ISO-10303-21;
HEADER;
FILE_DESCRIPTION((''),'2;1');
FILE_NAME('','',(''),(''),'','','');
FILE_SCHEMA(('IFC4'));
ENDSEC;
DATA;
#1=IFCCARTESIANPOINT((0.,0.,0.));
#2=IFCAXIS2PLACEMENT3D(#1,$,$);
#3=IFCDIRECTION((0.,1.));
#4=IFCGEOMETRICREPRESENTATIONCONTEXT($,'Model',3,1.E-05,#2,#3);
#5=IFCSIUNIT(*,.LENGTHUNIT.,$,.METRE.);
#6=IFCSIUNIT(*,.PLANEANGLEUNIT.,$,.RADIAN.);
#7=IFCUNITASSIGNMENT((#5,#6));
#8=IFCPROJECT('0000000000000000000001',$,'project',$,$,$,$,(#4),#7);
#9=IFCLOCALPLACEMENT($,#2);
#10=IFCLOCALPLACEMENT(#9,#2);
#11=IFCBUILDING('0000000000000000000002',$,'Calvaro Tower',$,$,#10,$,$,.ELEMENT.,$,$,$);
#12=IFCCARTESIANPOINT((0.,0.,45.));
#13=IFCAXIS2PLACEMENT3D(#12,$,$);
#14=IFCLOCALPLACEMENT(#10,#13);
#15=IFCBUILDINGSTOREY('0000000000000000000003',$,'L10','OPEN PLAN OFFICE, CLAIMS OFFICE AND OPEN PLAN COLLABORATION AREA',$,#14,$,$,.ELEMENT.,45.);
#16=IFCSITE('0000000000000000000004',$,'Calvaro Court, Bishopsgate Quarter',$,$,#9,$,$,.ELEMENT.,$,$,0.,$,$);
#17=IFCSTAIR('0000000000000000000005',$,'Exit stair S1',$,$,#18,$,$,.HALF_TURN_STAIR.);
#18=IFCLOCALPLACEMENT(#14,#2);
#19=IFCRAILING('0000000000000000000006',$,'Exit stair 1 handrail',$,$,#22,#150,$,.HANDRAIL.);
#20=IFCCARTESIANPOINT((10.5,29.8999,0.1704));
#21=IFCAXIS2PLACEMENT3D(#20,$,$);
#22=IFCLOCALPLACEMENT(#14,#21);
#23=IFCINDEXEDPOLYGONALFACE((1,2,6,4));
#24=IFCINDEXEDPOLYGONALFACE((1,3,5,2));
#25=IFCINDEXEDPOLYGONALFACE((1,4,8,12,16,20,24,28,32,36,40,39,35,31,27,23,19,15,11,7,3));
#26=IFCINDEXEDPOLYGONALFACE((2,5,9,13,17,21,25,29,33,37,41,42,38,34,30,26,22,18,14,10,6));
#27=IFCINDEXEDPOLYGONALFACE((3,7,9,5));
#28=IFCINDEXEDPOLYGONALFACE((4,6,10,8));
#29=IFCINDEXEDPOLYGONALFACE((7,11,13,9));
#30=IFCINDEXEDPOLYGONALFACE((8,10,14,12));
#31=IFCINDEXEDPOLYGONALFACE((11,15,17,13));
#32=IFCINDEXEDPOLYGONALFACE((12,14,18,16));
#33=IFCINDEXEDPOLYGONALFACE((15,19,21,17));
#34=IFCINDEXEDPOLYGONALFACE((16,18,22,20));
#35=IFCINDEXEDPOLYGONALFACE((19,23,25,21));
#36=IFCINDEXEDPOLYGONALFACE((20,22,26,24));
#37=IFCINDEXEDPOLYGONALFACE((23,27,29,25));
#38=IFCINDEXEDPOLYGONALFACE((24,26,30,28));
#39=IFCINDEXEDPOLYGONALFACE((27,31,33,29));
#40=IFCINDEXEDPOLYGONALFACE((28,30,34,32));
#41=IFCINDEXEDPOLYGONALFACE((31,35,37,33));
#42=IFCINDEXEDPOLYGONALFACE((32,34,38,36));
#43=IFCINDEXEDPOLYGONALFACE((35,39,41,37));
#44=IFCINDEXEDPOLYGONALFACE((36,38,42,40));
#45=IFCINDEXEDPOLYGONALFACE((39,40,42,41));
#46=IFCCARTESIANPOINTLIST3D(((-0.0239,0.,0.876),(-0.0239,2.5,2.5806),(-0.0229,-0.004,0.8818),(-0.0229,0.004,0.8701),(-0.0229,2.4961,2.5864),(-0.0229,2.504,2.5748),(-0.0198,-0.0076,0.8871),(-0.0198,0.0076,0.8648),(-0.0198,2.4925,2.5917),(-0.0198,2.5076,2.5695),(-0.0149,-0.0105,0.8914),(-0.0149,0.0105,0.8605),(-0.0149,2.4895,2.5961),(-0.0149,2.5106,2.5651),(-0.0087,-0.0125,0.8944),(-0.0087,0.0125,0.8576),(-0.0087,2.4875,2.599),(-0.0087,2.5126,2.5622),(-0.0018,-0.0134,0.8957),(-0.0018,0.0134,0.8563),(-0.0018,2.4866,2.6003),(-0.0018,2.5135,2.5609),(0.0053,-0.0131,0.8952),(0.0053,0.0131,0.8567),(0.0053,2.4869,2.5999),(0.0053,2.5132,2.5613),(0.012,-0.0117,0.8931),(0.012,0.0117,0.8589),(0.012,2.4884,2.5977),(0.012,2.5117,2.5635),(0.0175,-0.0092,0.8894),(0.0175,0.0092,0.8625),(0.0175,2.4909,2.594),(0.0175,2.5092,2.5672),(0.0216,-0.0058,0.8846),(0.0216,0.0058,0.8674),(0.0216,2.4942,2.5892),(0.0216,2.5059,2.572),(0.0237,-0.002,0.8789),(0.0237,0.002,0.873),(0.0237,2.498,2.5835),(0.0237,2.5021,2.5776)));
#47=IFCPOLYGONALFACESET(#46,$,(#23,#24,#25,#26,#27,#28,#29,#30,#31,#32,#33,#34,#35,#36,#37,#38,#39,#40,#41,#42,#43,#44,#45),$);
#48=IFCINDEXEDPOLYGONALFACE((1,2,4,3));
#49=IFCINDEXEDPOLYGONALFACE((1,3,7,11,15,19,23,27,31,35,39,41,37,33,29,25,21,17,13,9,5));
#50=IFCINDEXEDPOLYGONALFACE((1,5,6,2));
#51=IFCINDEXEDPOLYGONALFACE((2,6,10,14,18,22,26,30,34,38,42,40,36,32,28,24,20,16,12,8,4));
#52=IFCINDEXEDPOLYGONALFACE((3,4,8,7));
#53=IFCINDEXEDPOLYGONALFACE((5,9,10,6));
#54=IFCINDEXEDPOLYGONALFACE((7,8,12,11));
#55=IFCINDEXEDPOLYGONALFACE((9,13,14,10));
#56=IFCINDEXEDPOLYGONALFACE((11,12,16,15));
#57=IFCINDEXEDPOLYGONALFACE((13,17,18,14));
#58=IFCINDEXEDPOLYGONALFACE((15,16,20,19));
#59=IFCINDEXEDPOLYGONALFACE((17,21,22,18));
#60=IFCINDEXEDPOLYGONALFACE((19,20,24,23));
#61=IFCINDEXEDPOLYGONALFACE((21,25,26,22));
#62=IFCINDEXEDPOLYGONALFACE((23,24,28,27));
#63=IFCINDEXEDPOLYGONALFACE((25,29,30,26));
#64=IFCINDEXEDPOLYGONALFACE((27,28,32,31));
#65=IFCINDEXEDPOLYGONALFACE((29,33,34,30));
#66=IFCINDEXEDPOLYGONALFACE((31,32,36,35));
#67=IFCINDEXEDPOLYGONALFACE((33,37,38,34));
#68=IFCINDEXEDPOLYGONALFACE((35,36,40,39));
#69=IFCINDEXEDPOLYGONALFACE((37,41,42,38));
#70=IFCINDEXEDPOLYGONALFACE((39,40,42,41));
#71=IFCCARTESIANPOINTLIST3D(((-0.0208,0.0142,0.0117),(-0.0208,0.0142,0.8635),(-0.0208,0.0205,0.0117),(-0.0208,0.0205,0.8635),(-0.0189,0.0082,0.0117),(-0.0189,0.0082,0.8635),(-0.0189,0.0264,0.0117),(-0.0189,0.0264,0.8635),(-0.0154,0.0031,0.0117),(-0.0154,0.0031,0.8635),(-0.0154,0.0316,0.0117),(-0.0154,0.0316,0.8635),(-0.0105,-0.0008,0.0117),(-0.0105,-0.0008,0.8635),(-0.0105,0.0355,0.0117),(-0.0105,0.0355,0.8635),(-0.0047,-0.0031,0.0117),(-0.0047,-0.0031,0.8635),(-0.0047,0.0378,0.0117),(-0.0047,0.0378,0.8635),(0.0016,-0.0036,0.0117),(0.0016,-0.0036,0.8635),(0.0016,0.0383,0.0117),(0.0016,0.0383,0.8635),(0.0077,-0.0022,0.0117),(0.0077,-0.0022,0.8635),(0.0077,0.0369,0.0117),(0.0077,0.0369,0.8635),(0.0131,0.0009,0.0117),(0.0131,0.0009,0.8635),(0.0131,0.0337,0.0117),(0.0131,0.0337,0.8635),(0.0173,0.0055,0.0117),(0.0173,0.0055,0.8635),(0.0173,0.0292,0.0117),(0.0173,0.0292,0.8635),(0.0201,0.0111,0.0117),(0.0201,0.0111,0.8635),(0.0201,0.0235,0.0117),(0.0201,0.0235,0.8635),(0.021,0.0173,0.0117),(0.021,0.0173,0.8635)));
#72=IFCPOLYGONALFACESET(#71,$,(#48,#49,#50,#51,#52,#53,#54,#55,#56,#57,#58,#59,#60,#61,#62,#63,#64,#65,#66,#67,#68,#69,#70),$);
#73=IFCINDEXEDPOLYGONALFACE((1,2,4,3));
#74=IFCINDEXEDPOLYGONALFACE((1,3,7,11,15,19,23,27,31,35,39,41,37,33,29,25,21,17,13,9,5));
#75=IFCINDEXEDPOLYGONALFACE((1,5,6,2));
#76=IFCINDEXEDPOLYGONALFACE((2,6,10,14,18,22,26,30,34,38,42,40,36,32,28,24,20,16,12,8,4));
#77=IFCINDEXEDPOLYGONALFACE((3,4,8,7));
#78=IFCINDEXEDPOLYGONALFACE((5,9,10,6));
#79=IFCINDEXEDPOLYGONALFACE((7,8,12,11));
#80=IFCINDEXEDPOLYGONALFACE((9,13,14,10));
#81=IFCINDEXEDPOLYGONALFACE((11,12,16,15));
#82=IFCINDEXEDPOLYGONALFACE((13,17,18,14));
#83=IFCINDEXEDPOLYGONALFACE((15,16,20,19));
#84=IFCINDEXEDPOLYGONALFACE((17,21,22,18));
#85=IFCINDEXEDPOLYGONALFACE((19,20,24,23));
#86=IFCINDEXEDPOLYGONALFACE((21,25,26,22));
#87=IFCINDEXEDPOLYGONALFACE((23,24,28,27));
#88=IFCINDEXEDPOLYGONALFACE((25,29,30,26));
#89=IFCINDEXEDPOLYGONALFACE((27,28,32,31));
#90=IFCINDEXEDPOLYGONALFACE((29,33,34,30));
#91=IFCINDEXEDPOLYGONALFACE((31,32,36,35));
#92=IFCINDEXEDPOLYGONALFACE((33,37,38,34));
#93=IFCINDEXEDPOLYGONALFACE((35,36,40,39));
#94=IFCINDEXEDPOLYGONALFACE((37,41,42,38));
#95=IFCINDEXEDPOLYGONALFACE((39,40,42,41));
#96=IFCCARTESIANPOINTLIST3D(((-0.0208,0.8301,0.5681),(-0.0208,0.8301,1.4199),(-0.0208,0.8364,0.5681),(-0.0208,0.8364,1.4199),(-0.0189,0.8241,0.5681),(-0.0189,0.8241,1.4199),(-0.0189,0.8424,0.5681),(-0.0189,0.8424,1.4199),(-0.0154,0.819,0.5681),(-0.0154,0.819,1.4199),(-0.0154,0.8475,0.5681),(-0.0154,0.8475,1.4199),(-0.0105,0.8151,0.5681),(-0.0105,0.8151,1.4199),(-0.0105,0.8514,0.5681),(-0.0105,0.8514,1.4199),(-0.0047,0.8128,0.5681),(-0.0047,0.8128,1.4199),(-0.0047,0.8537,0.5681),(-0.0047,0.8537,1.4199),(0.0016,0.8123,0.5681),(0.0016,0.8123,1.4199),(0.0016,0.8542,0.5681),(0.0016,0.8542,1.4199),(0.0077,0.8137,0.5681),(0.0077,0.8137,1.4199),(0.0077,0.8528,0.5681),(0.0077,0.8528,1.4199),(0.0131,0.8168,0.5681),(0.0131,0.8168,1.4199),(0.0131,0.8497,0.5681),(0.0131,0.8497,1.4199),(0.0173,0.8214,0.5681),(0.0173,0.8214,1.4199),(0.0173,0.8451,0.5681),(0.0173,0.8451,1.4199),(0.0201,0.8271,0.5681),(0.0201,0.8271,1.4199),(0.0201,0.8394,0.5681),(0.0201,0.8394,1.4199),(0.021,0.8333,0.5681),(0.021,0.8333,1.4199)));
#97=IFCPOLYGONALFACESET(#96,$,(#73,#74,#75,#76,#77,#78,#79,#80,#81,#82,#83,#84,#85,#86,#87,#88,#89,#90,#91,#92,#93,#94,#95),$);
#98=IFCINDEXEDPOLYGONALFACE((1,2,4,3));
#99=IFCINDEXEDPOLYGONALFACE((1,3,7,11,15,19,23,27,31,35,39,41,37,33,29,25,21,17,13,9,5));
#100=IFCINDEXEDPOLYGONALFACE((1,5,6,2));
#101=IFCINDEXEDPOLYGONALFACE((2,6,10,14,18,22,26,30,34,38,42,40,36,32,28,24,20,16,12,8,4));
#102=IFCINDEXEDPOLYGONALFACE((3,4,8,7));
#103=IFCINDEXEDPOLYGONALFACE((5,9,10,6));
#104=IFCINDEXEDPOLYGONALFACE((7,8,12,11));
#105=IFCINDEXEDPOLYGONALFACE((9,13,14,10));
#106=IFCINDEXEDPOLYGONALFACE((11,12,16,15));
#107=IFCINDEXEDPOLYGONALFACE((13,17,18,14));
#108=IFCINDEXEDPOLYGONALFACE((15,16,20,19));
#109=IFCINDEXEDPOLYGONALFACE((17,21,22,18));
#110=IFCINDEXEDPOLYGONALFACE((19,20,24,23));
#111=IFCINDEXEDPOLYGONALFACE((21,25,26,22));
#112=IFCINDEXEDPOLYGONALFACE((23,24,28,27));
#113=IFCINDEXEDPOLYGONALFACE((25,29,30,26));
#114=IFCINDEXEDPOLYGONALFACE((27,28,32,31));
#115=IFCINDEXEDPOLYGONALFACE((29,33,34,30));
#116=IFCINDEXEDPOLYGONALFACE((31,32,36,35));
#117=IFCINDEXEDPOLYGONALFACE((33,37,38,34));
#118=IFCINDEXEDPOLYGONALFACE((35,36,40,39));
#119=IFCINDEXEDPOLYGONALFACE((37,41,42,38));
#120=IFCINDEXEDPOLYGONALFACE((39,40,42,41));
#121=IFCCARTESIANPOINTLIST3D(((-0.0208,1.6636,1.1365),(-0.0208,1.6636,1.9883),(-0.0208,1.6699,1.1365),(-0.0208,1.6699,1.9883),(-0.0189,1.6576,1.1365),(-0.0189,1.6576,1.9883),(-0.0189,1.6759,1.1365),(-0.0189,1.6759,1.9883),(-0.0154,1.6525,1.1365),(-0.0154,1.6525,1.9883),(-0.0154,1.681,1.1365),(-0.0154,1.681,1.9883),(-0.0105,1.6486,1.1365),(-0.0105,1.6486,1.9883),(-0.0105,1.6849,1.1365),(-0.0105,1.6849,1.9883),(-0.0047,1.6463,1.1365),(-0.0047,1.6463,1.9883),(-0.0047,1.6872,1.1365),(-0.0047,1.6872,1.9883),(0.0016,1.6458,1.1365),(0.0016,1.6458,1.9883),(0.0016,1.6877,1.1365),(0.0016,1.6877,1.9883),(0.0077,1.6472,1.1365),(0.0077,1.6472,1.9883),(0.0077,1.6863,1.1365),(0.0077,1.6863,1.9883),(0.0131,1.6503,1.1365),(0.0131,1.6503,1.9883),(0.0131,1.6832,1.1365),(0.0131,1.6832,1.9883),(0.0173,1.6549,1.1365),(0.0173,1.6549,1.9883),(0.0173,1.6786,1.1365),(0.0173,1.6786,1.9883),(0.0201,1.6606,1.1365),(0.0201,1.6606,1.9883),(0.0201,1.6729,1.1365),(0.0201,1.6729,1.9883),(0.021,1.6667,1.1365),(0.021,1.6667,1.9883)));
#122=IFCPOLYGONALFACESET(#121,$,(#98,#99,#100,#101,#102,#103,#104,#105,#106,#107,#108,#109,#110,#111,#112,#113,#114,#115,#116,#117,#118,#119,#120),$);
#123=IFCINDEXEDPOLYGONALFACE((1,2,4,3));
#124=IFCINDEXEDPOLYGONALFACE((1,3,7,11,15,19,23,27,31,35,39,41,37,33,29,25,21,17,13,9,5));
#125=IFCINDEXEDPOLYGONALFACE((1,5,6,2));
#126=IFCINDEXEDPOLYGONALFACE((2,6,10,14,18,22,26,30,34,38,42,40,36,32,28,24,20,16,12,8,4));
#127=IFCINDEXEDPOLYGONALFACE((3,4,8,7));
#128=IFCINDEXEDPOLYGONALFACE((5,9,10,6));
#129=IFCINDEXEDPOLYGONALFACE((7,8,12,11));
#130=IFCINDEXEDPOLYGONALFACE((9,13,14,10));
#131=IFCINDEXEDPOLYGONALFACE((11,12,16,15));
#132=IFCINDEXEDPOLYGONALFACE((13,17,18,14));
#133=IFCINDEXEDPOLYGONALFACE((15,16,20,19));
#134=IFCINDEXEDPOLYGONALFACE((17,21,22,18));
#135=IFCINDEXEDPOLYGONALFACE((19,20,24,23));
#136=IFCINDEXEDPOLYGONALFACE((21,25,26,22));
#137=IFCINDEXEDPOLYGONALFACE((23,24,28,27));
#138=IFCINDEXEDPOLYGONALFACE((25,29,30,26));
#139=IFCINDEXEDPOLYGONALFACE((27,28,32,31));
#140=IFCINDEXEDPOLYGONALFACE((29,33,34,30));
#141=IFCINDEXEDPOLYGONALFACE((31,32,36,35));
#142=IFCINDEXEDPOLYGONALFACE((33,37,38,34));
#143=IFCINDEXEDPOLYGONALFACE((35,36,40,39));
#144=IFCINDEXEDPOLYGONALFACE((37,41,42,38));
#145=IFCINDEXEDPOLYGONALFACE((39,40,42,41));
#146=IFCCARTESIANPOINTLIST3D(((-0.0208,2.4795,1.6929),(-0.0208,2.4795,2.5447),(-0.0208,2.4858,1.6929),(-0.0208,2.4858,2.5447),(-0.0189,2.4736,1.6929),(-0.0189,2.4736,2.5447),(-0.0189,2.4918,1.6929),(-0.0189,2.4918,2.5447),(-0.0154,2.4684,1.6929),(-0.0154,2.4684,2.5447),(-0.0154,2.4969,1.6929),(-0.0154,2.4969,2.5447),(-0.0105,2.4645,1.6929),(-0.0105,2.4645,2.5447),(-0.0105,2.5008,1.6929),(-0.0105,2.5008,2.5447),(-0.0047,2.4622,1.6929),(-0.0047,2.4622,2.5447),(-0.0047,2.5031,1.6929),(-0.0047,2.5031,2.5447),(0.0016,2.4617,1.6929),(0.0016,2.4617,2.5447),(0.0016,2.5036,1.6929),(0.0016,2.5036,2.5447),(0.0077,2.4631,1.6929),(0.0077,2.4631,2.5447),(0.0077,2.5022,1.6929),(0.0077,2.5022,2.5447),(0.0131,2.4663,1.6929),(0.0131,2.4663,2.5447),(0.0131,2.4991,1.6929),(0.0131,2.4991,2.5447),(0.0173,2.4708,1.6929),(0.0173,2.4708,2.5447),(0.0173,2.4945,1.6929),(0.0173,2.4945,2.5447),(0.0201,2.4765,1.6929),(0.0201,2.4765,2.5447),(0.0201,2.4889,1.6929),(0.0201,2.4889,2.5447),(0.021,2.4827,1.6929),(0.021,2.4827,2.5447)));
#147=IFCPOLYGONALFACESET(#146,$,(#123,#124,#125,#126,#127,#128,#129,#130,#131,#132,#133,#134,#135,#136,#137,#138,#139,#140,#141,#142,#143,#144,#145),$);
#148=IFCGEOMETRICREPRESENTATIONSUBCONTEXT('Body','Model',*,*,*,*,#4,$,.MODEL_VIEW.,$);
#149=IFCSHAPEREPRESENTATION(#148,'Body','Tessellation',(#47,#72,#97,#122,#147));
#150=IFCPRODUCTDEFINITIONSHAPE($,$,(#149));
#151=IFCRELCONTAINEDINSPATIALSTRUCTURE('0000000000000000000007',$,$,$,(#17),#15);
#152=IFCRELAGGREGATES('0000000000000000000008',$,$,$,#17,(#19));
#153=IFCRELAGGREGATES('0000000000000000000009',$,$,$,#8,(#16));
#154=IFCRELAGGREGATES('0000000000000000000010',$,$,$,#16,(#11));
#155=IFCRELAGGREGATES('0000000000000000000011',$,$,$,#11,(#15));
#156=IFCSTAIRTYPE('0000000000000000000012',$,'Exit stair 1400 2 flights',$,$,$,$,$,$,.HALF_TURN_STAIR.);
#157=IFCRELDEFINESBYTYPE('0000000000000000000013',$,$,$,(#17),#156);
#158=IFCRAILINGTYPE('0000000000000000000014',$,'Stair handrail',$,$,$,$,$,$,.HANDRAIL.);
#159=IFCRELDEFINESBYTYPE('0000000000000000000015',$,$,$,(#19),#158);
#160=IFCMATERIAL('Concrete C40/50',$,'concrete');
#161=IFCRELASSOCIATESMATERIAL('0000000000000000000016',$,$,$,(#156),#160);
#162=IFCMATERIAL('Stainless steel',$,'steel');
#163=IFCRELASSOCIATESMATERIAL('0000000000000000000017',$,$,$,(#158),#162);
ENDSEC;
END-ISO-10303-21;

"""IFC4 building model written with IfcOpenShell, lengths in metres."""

from ifc_helpers import new_model, si_unit, direction, frame, origin, origin_2d, place, context, subcontext, project, spatial, circle, extrude, material, type_object, element, aggregate, save


model = new_model("IFC4")

# Units and contexts
model_context = context("Model", 3, precision=1e-05, world=origin(), true_north=direction((0.0, 1.0)))
body_context = subcontext(model_context, "Body", "Model", "MODEL_VIEW")
ifc_project = project(units=[si_unit("LENGTHUNIT", "METRE"), si_unit("PLANEANGLEUNIT", "RADIAN")], contexts=[model_context])

# Site, building, storey
site_placement = place(None, origin())
site = spatial("IfcSite", under=ifc_project, at=site_placement, Name="Calvaro Court, Bishopsgate Quarter", CompositionType="ELEMENT", RefElevation=0.0)
building_placement = place(site_placement, origin())
building = spatial("IfcBuilding", under=site, at=building_placement, Name="Calvaro Tower", CompositionType="ELEMENT")
storey_placement = place(building_placement, frame((0.0, 0.0, 45.0)))
storey = spatial("IfcBuildingStorey", under=building, at=storey_placement, Name="L10", Description="OPEN PLAN OFFICE, CLAIMS OFFICE AND OPEN PLAN COLLABORATION AREA", CompositionType="ELEMENT", Elevation=45.0)

# Stair, railing
ifc_material_1 = material(Name="Concrete C40/50", Category="concrete")
stair_type = type_object("IfcStairType", Name="Exit stair 1400 2 flights", PredefinedType="HALF_TURN_STAIR", material=ifc_material_1)
stair_placement = place(storey_placement, origin())
stair = element("IfcStair", 1, at=stair_placement, inside=storey, type_object=stair_type, Name="Exit stair S1", PredefinedType="HALF_TURN_STAIR")
ifc_material_2 = material(Name="Stainless steel", Category="steel")
railing_type = type_object("IfcRailingType", Name="Stair handrail", PredefinedType="HANDRAIL", material=ifc_material_2)
railing_1_placement = place(storey_placement, frame((10.5, 29.8999, 0.1704)))
railing_1 = element("IfcRailing", 2, at=railing_1_placement, type_object=railing_type, Name="Exit stair 1 handrail", PredefinedType="HANDRAIL", context=body_context, shape_type="SweptSolid", body=[
    extrude(circle(Radius=0.0239, at=origin_2d()), frame((0.0, 0.0, 0.876), z_axis=(0.0, 0.826221, 0.563347), x_axis=(-1.0, 0.0, 0.0)), (0.0, 0.0, 1.0), 3.0259),
    extrude(circle(Radius=0.021, at=origin_2d()), frame((0.0, 0.0173, 0.0117)), (0.0, 0.0, 1.0), 0.8518),
    extrude(circle(Radius=0.021, at=origin_2d()), frame((0.0, 0.8333, 0.5681)), (0.0, 0.0, 1.0), 0.8518),
    extrude(circle(Radius=0.021, at=origin_2d()), frame((0.0, 1.6667, 1.1365)), (0.0, 0.0, 1.0), 0.8518),
    extrude(circle(Radius=0.021, at=origin_2d()), frame((0.0, 2.4827, 1.6929)), (0.0, 0.0, 1.0), 0.8518),
])
aggregate(stair, [railing_1])

save(model, "model.ifc")
